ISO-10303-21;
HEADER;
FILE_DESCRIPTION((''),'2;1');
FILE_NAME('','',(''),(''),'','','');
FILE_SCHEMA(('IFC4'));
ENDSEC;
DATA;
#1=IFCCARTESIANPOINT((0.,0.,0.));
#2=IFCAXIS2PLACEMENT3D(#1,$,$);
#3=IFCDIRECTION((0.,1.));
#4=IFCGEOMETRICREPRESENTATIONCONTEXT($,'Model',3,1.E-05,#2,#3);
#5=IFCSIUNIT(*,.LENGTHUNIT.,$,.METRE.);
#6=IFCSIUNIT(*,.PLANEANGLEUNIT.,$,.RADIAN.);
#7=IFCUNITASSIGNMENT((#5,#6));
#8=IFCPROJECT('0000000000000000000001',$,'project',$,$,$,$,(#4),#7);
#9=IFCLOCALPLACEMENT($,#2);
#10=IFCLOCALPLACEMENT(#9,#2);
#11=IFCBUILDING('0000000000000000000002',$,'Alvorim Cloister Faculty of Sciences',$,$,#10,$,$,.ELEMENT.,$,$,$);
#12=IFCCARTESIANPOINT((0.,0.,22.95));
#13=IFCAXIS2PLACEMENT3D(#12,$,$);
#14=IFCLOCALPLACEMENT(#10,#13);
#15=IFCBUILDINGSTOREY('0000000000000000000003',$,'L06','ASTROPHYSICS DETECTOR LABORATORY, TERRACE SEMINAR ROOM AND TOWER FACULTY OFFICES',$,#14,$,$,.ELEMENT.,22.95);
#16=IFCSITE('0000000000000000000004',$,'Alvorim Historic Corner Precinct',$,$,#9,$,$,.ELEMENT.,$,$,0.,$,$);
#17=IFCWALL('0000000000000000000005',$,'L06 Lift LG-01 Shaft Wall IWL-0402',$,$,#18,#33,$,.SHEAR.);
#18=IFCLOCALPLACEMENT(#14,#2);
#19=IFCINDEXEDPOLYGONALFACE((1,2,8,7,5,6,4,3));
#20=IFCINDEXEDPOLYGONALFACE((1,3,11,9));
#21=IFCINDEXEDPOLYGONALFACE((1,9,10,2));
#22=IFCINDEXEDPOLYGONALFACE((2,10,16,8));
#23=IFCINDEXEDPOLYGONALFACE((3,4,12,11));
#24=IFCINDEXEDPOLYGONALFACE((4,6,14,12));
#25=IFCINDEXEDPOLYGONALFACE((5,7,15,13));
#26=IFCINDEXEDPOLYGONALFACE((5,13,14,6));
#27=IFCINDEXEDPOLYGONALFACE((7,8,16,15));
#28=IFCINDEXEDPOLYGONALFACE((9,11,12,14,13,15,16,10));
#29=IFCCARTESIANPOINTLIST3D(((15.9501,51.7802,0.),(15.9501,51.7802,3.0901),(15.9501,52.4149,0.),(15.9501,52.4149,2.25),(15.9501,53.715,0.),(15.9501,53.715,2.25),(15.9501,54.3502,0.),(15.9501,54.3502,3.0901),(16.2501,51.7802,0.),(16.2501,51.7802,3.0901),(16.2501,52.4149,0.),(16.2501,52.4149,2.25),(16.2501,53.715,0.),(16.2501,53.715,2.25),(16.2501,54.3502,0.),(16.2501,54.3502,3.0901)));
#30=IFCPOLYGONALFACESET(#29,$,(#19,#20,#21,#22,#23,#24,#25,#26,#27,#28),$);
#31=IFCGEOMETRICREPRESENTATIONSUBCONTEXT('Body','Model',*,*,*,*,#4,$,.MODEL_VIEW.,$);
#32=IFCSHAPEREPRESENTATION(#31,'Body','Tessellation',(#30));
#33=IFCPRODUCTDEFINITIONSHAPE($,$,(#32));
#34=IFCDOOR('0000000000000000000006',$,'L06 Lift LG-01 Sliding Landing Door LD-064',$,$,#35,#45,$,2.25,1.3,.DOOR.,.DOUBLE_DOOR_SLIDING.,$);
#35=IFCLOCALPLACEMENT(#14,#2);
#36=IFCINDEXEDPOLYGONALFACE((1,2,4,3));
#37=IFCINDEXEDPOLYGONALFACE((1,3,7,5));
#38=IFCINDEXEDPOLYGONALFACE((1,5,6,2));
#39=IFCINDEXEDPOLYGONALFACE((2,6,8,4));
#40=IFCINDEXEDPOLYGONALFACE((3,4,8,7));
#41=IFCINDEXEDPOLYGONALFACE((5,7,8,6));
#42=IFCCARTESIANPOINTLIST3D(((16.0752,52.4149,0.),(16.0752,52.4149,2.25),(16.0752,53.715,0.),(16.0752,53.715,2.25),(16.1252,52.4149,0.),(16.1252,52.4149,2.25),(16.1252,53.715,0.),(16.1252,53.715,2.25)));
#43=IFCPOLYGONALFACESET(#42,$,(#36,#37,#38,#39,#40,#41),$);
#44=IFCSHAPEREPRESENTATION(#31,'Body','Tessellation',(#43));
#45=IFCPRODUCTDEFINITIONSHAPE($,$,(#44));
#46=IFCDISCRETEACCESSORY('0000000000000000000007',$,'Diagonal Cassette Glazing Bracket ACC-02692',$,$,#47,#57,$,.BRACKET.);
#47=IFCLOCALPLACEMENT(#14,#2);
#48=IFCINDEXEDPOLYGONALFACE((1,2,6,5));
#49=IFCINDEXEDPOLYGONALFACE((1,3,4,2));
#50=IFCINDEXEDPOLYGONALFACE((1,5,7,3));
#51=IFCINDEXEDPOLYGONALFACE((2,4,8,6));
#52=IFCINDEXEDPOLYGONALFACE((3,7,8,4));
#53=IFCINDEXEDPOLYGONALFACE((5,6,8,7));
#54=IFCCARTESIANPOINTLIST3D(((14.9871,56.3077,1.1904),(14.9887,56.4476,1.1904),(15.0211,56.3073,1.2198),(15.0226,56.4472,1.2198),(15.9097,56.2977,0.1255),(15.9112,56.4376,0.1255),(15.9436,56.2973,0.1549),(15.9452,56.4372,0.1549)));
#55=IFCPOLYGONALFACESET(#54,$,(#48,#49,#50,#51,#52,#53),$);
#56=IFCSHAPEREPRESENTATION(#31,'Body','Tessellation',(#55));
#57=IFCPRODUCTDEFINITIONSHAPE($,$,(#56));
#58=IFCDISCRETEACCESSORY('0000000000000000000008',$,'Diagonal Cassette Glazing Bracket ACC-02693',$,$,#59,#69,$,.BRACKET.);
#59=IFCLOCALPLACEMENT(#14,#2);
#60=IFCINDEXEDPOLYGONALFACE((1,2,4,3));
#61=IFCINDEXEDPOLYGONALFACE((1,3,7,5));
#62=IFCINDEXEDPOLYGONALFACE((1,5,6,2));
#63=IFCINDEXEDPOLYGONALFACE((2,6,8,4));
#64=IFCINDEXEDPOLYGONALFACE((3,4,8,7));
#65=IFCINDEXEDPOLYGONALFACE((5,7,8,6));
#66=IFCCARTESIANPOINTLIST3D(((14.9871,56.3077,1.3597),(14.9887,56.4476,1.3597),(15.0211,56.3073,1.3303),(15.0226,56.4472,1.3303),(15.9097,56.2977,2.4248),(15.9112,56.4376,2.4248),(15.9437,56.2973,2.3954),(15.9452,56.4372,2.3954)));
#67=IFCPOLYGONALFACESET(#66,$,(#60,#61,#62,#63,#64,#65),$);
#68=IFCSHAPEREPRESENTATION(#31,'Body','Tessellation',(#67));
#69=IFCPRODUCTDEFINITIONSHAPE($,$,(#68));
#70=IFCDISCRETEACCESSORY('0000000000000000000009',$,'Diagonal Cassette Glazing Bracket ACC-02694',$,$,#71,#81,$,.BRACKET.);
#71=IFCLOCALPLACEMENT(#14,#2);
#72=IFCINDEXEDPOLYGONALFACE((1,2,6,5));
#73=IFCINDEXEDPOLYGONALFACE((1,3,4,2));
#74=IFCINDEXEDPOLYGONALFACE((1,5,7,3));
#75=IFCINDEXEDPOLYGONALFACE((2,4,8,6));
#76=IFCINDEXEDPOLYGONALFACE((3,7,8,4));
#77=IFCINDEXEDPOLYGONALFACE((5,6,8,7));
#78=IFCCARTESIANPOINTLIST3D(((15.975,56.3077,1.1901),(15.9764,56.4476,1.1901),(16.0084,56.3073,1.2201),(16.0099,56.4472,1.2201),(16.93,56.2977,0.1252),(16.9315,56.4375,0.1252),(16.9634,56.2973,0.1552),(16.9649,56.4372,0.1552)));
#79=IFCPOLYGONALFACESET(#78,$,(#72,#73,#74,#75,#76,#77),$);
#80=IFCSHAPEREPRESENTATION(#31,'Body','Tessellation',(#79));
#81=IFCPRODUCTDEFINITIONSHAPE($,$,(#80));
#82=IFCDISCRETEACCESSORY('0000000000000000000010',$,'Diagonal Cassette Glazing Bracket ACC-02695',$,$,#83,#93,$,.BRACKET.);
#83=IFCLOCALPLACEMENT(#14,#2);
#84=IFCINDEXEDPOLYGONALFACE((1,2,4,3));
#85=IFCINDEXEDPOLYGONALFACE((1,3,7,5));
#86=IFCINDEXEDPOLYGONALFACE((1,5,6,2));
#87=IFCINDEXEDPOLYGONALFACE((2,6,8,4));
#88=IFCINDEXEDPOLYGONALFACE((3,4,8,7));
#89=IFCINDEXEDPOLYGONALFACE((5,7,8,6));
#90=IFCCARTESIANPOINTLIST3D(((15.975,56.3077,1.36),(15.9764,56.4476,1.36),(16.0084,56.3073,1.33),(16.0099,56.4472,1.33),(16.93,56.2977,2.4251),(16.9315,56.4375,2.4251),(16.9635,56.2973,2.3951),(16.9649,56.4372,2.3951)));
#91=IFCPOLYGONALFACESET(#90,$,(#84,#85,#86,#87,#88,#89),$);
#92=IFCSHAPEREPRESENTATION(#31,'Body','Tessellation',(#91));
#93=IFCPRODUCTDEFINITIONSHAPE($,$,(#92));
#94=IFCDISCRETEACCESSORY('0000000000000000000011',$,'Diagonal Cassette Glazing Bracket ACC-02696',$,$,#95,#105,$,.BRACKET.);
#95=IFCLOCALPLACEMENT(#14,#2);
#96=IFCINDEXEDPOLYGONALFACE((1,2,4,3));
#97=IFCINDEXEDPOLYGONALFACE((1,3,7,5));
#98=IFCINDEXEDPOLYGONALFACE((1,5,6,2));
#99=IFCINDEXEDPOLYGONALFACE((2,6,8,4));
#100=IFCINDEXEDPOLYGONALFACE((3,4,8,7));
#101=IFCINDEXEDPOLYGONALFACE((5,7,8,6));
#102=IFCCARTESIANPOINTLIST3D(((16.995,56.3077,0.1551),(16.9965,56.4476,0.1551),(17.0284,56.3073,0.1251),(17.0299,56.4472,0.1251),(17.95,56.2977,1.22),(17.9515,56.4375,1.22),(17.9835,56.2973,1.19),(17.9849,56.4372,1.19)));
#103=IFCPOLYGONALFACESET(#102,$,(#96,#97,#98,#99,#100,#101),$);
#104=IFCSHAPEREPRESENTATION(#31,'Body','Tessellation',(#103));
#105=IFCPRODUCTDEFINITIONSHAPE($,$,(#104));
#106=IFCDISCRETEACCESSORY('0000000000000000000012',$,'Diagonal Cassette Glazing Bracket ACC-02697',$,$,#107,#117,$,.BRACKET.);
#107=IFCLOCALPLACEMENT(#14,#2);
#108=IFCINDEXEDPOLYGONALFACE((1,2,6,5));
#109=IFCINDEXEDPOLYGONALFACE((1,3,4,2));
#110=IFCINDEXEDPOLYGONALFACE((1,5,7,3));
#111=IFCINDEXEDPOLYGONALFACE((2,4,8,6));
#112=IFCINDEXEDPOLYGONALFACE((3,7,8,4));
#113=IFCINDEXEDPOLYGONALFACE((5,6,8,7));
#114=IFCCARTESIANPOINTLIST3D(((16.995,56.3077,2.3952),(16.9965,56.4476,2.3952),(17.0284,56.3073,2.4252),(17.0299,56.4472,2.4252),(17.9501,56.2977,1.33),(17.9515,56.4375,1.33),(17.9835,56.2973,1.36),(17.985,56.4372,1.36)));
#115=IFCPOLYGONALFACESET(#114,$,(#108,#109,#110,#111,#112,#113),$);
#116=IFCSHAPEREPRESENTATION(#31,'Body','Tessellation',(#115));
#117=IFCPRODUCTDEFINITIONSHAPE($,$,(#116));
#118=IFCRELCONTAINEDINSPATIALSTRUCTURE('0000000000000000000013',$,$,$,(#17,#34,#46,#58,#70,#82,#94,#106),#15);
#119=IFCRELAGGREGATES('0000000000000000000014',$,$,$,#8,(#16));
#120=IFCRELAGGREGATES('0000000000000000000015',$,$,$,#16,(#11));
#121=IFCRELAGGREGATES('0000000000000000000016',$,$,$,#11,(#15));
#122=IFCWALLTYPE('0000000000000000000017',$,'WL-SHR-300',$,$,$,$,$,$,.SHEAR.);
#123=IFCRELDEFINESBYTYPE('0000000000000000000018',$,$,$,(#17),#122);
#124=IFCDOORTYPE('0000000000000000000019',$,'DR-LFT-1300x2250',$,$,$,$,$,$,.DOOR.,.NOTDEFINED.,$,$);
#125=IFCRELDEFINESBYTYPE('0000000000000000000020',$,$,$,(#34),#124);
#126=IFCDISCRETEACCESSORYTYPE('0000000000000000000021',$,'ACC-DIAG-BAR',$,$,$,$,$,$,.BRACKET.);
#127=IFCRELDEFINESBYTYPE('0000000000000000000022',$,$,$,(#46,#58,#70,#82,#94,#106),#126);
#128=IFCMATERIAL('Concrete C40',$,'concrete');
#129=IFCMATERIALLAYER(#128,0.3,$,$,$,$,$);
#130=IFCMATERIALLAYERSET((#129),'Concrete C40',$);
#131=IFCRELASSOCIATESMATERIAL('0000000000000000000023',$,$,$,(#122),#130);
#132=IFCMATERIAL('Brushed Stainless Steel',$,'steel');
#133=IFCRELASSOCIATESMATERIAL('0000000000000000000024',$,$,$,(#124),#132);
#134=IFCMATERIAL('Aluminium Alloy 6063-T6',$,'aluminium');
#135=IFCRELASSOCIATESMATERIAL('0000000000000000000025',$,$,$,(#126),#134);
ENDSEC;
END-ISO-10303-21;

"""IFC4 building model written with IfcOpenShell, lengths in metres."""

from ifc_helpers import new_model, si_unit, direction, frame, frame_2d, origin, origin_2d, place, context, subcontext, project, spatial, rectangle, extrude, material, layer, layer_set, type_object, element, fill, save


model = new_model("IFC4")

# Units and contexts
model_context = context("Model", 3, precision=1e-05, world=origin(), true_north=direction((0.0, 1.0)))
body_context = subcontext(model_context, "Body", "Model", "MODEL_VIEW")
ifc_project = project(units=[si_unit("LENGTHUNIT", "METRE"), si_unit("PLANEANGLEUNIT", "RADIAN")], contexts=[model_context])

# Site, building, storey
site_placement = place(None, origin())
site = spatial("IfcSite", under=ifc_project, at=site_placement, Name="Alvorim Historic Corner Precinct", CompositionType="ELEMENT", RefElevation=0.0)
building_placement = place(site_placement, origin())
building = spatial("IfcBuilding", under=site, at=building_placement, Name="Alvorim Cloister Faculty of Sciences", CompositionType="ELEMENT")
storey_placement = place(building_placement, frame((0.0, 0.0, 22.95)))
storey = spatial("IfcBuildingStorey", under=building, at=storey_placement, Name="L06", Description="ASTROPHYSICS DETECTOR LABORATORY, TERRACE SEMINAR ROOM AND TOWER FACULTY OFFICES", CompositionType="ELEMENT", Elevation=22.95)

# Shared definitions
ifc_material_1 = material(Name="Aluminium Alloy 6063-T6", Category="aluminium")

# Shared definitions
ifc_material_2 = material(Name="Concrete C40", Category="concrete")
ifc_layer_1 = layer(ifc_material_2, 0.3)
ifc_layer_set_1 = layer_set([ifc_layer_1], Name="Concrete C40")
wall_type = type_object("IfcWallType", Name="WL-SHR-300", PredefinedType="SHEAR", material=ifc_layer_set_1)

# Wall, opening, door
wall_1_placement = place(storey_placement, frame((16.1001, 51.78, 0.0), z_axis=(0.0, 0.0, 1.0), x_axis=(0.0, 1.0, 0.0)))
wall_1 = element("IfcWall", 1, at=wall_1_placement, inside=storey, type_object=wall_type, Name="L06 Lift LG-01 Shaft Wall IWL-0402", PredefinedType="SHEAR", context=body_context, shape_type="SweptSolid", body=[
    extrude(rectangle(XDim=2.5701, YDim=0.3, at=frame_2d((1.2852, 0.0))), origin(), (0.0, 0.0, 1.0), 3.0901),
])
opening_placement = place(wall_1_placement, frame((0.635, 0.0, 0.0)))
opening = element("IfcOpeningElement", 2, at=opening_placement, cuts=wall_1, PredefinedType="OPENING", context=body_context, shape_type="SweptSolid", body=[
    extrude(rectangle(XDim=1.3, YDim=2.25, at=frame_2d((0.6499, 1.125))), frame((0.0, 0.1621, 0.0), z_axis=(0.0, -1.0, 0.0), x_axis=(1.0, 0.0, 0.0)), (0.0, 0.0, 1.0), 0.324),
])
ifc_material_3 = material(Name="Brushed Stainless Steel", Category="steel")
door_type = type_object("IfcDoorType", Name="DR-LFT-1300x2250", OperationType="NOTDEFINED", PredefinedType="DOOR", material=ifc_material_3)
door_placement = place(opening_placement, origin())
door = element("IfcDoor", 3, at=door_placement, inside=storey, type_object=door_type, Name="L06 Lift LG-01 Sliding Landing Door LD-064", OperationType="DOUBLE_DOOR_SLIDING", OverallHeight=2.25, OverallWidth=1.3, PredefinedType="DOOR", context=body_context, shape_type="SweptSolid", body=[
    extrude(rectangle(XDim=1.3, YDim=2.25, at=frame_2d((0.6499, 1.125))), frame((0.0, 0.0249, 0.0), z_axis=(0.0, -1.0, 0.0), x_axis=(1.0, 0.0, 0.0)), (0.0, 0.0, 1.0), 0.05),
])
fill(opening, door)

# Discrete accessories
discrete_accessory_type = type_object("IfcDiscreteAccessoryType", Name="ACC-DIAG-BAR", PredefinedType="BRACKET", material=ifc_material_1)
discrete_accessory_1_placement = place(storey_placement, frame((15.0049, 56.3774, 1.2051), z_axis=(0.654775, -0.007104, -0.75579), x_axis=(0.010849, 0.999941, 0.0)))
element("IfcDiscreteAccessory", 4, at=discrete_accessory_1_placement, inside=storey, type_object=discrete_accessory_type, Name="Diagonal Cassette Glazing Bracket ACC-02692", PredefinedType="BRACKET", context=body_context, shape_type="SweptSolid", body=[
    extrude(rectangle(XDim=0.1399, YDim=0.0449, at=origin_2d()), origin(), (0.0, 0.0, 1.0), 1.4089),
])
discrete_accessory_2_placement = place(storey_placement, frame((15.0049, 56.3774, 1.345), z_axis=(0.65469, -0.007103, 0.755864), x_axis=(0.010849, 0.999941, 0.0)))
element("IfcDiscreteAccessory", 5, at=discrete_accessory_2_placement, inside=storey, type_object=discrete_accessory_type, Name="Diagonal Cassette Glazing Bracket ACC-02693", PredefinedType="BRACKET", context=body_context, shape_type="SweptSolid", body=[
    extrude(rectangle(XDim=0.1399, YDim=0.0449, at=origin_2d()), origin(), (0.0, 0.0, 1.0), 1.4092),
])
discrete_accessory_3_placement = place(storey_placement, frame((15.9924, 56.3774, 1.2051), z_axis=(0.667646, -0.006997, -0.744446), x_axis=(0.01048, 0.999945, 0.0)))
element("IfcDiscreteAccessory", 6, at=discrete_accessory_3_placement, inside=storey, type_object=discrete_accessory_type, Name="Diagonal Cassette Glazing Bracket ACC-02694", PredefinedType="BRACKET", context=body_context, shape_type="SweptSolid", body=[
    extrude(rectangle(XDim=0.1399, YDim=0.0449, at=origin_2d()), origin(), (0.0, 0.0, 1.0), 1.4304),
])
discrete_accessory_4_placement = place(storey_placement, frame((15.9924, 56.3774, 1.345), z_axis=(0.667561, -0.006996, 0.744522), x_axis=(0.01048, 0.999945, 0.0)))
element("IfcDiscreteAccessory", 7, at=discrete_accessory_4_placement, inside=storey, type_object=discrete_accessory_type, Name="Diagonal Cassette Glazing Bracket ACC-02695", PredefinedType="BRACKET", context=body_context, shape_type="SweptSolid", body=[
    extrude(rectangle(XDim=0.1399, YDim=0.0449, at=origin_2d()), origin(), (0.0, 0.0, 1.0), 1.4307),
])
discrete_accessory_5_placement = place(storey_placement, frame((17.0125, 56.3774, 0.1401), z_axis=(0.667646, -0.006997, 0.744446), x_axis=(0.01048, 0.999945, 0.0)))
element("IfcDiscreteAccessory", 8, at=discrete_accessory_5_placement, inside=storey, type_object=discrete_accessory_type, Name="Diagonal Cassette Glazing Bracket ACC-02696", PredefinedType="BRACKET", context=body_context, shape_type="SweptSolid", body=[
    extrude(rectangle(XDim=0.1399, YDim=0.0449, at=origin_2d()), origin(), (0.0, 0.0, 1.0), 1.4304),
])
discrete_accessory_6_placement = place(storey_placement, frame((17.0125, 56.3774, 2.4102), z_axis=(0.667561, -0.006996, -0.744522), x_axis=(0.01048, 0.999945, 0.0)))
element("IfcDiscreteAccessory", 9, at=discrete_accessory_6_placement, inside=storey, type_object=discrete_accessory_type, Name="Diagonal Cassette Glazing Bracket ACC-02697", PredefinedType="BRACKET", context=body_context, shape_type="SweptSolid", body=[
    extrude(rectangle(XDim=0.1399, YDim=0.0449, at=origin_2d()), origin(), (0.0, 0.0, 1.0), 1.4307),
])

save(model, "model.ifc")
